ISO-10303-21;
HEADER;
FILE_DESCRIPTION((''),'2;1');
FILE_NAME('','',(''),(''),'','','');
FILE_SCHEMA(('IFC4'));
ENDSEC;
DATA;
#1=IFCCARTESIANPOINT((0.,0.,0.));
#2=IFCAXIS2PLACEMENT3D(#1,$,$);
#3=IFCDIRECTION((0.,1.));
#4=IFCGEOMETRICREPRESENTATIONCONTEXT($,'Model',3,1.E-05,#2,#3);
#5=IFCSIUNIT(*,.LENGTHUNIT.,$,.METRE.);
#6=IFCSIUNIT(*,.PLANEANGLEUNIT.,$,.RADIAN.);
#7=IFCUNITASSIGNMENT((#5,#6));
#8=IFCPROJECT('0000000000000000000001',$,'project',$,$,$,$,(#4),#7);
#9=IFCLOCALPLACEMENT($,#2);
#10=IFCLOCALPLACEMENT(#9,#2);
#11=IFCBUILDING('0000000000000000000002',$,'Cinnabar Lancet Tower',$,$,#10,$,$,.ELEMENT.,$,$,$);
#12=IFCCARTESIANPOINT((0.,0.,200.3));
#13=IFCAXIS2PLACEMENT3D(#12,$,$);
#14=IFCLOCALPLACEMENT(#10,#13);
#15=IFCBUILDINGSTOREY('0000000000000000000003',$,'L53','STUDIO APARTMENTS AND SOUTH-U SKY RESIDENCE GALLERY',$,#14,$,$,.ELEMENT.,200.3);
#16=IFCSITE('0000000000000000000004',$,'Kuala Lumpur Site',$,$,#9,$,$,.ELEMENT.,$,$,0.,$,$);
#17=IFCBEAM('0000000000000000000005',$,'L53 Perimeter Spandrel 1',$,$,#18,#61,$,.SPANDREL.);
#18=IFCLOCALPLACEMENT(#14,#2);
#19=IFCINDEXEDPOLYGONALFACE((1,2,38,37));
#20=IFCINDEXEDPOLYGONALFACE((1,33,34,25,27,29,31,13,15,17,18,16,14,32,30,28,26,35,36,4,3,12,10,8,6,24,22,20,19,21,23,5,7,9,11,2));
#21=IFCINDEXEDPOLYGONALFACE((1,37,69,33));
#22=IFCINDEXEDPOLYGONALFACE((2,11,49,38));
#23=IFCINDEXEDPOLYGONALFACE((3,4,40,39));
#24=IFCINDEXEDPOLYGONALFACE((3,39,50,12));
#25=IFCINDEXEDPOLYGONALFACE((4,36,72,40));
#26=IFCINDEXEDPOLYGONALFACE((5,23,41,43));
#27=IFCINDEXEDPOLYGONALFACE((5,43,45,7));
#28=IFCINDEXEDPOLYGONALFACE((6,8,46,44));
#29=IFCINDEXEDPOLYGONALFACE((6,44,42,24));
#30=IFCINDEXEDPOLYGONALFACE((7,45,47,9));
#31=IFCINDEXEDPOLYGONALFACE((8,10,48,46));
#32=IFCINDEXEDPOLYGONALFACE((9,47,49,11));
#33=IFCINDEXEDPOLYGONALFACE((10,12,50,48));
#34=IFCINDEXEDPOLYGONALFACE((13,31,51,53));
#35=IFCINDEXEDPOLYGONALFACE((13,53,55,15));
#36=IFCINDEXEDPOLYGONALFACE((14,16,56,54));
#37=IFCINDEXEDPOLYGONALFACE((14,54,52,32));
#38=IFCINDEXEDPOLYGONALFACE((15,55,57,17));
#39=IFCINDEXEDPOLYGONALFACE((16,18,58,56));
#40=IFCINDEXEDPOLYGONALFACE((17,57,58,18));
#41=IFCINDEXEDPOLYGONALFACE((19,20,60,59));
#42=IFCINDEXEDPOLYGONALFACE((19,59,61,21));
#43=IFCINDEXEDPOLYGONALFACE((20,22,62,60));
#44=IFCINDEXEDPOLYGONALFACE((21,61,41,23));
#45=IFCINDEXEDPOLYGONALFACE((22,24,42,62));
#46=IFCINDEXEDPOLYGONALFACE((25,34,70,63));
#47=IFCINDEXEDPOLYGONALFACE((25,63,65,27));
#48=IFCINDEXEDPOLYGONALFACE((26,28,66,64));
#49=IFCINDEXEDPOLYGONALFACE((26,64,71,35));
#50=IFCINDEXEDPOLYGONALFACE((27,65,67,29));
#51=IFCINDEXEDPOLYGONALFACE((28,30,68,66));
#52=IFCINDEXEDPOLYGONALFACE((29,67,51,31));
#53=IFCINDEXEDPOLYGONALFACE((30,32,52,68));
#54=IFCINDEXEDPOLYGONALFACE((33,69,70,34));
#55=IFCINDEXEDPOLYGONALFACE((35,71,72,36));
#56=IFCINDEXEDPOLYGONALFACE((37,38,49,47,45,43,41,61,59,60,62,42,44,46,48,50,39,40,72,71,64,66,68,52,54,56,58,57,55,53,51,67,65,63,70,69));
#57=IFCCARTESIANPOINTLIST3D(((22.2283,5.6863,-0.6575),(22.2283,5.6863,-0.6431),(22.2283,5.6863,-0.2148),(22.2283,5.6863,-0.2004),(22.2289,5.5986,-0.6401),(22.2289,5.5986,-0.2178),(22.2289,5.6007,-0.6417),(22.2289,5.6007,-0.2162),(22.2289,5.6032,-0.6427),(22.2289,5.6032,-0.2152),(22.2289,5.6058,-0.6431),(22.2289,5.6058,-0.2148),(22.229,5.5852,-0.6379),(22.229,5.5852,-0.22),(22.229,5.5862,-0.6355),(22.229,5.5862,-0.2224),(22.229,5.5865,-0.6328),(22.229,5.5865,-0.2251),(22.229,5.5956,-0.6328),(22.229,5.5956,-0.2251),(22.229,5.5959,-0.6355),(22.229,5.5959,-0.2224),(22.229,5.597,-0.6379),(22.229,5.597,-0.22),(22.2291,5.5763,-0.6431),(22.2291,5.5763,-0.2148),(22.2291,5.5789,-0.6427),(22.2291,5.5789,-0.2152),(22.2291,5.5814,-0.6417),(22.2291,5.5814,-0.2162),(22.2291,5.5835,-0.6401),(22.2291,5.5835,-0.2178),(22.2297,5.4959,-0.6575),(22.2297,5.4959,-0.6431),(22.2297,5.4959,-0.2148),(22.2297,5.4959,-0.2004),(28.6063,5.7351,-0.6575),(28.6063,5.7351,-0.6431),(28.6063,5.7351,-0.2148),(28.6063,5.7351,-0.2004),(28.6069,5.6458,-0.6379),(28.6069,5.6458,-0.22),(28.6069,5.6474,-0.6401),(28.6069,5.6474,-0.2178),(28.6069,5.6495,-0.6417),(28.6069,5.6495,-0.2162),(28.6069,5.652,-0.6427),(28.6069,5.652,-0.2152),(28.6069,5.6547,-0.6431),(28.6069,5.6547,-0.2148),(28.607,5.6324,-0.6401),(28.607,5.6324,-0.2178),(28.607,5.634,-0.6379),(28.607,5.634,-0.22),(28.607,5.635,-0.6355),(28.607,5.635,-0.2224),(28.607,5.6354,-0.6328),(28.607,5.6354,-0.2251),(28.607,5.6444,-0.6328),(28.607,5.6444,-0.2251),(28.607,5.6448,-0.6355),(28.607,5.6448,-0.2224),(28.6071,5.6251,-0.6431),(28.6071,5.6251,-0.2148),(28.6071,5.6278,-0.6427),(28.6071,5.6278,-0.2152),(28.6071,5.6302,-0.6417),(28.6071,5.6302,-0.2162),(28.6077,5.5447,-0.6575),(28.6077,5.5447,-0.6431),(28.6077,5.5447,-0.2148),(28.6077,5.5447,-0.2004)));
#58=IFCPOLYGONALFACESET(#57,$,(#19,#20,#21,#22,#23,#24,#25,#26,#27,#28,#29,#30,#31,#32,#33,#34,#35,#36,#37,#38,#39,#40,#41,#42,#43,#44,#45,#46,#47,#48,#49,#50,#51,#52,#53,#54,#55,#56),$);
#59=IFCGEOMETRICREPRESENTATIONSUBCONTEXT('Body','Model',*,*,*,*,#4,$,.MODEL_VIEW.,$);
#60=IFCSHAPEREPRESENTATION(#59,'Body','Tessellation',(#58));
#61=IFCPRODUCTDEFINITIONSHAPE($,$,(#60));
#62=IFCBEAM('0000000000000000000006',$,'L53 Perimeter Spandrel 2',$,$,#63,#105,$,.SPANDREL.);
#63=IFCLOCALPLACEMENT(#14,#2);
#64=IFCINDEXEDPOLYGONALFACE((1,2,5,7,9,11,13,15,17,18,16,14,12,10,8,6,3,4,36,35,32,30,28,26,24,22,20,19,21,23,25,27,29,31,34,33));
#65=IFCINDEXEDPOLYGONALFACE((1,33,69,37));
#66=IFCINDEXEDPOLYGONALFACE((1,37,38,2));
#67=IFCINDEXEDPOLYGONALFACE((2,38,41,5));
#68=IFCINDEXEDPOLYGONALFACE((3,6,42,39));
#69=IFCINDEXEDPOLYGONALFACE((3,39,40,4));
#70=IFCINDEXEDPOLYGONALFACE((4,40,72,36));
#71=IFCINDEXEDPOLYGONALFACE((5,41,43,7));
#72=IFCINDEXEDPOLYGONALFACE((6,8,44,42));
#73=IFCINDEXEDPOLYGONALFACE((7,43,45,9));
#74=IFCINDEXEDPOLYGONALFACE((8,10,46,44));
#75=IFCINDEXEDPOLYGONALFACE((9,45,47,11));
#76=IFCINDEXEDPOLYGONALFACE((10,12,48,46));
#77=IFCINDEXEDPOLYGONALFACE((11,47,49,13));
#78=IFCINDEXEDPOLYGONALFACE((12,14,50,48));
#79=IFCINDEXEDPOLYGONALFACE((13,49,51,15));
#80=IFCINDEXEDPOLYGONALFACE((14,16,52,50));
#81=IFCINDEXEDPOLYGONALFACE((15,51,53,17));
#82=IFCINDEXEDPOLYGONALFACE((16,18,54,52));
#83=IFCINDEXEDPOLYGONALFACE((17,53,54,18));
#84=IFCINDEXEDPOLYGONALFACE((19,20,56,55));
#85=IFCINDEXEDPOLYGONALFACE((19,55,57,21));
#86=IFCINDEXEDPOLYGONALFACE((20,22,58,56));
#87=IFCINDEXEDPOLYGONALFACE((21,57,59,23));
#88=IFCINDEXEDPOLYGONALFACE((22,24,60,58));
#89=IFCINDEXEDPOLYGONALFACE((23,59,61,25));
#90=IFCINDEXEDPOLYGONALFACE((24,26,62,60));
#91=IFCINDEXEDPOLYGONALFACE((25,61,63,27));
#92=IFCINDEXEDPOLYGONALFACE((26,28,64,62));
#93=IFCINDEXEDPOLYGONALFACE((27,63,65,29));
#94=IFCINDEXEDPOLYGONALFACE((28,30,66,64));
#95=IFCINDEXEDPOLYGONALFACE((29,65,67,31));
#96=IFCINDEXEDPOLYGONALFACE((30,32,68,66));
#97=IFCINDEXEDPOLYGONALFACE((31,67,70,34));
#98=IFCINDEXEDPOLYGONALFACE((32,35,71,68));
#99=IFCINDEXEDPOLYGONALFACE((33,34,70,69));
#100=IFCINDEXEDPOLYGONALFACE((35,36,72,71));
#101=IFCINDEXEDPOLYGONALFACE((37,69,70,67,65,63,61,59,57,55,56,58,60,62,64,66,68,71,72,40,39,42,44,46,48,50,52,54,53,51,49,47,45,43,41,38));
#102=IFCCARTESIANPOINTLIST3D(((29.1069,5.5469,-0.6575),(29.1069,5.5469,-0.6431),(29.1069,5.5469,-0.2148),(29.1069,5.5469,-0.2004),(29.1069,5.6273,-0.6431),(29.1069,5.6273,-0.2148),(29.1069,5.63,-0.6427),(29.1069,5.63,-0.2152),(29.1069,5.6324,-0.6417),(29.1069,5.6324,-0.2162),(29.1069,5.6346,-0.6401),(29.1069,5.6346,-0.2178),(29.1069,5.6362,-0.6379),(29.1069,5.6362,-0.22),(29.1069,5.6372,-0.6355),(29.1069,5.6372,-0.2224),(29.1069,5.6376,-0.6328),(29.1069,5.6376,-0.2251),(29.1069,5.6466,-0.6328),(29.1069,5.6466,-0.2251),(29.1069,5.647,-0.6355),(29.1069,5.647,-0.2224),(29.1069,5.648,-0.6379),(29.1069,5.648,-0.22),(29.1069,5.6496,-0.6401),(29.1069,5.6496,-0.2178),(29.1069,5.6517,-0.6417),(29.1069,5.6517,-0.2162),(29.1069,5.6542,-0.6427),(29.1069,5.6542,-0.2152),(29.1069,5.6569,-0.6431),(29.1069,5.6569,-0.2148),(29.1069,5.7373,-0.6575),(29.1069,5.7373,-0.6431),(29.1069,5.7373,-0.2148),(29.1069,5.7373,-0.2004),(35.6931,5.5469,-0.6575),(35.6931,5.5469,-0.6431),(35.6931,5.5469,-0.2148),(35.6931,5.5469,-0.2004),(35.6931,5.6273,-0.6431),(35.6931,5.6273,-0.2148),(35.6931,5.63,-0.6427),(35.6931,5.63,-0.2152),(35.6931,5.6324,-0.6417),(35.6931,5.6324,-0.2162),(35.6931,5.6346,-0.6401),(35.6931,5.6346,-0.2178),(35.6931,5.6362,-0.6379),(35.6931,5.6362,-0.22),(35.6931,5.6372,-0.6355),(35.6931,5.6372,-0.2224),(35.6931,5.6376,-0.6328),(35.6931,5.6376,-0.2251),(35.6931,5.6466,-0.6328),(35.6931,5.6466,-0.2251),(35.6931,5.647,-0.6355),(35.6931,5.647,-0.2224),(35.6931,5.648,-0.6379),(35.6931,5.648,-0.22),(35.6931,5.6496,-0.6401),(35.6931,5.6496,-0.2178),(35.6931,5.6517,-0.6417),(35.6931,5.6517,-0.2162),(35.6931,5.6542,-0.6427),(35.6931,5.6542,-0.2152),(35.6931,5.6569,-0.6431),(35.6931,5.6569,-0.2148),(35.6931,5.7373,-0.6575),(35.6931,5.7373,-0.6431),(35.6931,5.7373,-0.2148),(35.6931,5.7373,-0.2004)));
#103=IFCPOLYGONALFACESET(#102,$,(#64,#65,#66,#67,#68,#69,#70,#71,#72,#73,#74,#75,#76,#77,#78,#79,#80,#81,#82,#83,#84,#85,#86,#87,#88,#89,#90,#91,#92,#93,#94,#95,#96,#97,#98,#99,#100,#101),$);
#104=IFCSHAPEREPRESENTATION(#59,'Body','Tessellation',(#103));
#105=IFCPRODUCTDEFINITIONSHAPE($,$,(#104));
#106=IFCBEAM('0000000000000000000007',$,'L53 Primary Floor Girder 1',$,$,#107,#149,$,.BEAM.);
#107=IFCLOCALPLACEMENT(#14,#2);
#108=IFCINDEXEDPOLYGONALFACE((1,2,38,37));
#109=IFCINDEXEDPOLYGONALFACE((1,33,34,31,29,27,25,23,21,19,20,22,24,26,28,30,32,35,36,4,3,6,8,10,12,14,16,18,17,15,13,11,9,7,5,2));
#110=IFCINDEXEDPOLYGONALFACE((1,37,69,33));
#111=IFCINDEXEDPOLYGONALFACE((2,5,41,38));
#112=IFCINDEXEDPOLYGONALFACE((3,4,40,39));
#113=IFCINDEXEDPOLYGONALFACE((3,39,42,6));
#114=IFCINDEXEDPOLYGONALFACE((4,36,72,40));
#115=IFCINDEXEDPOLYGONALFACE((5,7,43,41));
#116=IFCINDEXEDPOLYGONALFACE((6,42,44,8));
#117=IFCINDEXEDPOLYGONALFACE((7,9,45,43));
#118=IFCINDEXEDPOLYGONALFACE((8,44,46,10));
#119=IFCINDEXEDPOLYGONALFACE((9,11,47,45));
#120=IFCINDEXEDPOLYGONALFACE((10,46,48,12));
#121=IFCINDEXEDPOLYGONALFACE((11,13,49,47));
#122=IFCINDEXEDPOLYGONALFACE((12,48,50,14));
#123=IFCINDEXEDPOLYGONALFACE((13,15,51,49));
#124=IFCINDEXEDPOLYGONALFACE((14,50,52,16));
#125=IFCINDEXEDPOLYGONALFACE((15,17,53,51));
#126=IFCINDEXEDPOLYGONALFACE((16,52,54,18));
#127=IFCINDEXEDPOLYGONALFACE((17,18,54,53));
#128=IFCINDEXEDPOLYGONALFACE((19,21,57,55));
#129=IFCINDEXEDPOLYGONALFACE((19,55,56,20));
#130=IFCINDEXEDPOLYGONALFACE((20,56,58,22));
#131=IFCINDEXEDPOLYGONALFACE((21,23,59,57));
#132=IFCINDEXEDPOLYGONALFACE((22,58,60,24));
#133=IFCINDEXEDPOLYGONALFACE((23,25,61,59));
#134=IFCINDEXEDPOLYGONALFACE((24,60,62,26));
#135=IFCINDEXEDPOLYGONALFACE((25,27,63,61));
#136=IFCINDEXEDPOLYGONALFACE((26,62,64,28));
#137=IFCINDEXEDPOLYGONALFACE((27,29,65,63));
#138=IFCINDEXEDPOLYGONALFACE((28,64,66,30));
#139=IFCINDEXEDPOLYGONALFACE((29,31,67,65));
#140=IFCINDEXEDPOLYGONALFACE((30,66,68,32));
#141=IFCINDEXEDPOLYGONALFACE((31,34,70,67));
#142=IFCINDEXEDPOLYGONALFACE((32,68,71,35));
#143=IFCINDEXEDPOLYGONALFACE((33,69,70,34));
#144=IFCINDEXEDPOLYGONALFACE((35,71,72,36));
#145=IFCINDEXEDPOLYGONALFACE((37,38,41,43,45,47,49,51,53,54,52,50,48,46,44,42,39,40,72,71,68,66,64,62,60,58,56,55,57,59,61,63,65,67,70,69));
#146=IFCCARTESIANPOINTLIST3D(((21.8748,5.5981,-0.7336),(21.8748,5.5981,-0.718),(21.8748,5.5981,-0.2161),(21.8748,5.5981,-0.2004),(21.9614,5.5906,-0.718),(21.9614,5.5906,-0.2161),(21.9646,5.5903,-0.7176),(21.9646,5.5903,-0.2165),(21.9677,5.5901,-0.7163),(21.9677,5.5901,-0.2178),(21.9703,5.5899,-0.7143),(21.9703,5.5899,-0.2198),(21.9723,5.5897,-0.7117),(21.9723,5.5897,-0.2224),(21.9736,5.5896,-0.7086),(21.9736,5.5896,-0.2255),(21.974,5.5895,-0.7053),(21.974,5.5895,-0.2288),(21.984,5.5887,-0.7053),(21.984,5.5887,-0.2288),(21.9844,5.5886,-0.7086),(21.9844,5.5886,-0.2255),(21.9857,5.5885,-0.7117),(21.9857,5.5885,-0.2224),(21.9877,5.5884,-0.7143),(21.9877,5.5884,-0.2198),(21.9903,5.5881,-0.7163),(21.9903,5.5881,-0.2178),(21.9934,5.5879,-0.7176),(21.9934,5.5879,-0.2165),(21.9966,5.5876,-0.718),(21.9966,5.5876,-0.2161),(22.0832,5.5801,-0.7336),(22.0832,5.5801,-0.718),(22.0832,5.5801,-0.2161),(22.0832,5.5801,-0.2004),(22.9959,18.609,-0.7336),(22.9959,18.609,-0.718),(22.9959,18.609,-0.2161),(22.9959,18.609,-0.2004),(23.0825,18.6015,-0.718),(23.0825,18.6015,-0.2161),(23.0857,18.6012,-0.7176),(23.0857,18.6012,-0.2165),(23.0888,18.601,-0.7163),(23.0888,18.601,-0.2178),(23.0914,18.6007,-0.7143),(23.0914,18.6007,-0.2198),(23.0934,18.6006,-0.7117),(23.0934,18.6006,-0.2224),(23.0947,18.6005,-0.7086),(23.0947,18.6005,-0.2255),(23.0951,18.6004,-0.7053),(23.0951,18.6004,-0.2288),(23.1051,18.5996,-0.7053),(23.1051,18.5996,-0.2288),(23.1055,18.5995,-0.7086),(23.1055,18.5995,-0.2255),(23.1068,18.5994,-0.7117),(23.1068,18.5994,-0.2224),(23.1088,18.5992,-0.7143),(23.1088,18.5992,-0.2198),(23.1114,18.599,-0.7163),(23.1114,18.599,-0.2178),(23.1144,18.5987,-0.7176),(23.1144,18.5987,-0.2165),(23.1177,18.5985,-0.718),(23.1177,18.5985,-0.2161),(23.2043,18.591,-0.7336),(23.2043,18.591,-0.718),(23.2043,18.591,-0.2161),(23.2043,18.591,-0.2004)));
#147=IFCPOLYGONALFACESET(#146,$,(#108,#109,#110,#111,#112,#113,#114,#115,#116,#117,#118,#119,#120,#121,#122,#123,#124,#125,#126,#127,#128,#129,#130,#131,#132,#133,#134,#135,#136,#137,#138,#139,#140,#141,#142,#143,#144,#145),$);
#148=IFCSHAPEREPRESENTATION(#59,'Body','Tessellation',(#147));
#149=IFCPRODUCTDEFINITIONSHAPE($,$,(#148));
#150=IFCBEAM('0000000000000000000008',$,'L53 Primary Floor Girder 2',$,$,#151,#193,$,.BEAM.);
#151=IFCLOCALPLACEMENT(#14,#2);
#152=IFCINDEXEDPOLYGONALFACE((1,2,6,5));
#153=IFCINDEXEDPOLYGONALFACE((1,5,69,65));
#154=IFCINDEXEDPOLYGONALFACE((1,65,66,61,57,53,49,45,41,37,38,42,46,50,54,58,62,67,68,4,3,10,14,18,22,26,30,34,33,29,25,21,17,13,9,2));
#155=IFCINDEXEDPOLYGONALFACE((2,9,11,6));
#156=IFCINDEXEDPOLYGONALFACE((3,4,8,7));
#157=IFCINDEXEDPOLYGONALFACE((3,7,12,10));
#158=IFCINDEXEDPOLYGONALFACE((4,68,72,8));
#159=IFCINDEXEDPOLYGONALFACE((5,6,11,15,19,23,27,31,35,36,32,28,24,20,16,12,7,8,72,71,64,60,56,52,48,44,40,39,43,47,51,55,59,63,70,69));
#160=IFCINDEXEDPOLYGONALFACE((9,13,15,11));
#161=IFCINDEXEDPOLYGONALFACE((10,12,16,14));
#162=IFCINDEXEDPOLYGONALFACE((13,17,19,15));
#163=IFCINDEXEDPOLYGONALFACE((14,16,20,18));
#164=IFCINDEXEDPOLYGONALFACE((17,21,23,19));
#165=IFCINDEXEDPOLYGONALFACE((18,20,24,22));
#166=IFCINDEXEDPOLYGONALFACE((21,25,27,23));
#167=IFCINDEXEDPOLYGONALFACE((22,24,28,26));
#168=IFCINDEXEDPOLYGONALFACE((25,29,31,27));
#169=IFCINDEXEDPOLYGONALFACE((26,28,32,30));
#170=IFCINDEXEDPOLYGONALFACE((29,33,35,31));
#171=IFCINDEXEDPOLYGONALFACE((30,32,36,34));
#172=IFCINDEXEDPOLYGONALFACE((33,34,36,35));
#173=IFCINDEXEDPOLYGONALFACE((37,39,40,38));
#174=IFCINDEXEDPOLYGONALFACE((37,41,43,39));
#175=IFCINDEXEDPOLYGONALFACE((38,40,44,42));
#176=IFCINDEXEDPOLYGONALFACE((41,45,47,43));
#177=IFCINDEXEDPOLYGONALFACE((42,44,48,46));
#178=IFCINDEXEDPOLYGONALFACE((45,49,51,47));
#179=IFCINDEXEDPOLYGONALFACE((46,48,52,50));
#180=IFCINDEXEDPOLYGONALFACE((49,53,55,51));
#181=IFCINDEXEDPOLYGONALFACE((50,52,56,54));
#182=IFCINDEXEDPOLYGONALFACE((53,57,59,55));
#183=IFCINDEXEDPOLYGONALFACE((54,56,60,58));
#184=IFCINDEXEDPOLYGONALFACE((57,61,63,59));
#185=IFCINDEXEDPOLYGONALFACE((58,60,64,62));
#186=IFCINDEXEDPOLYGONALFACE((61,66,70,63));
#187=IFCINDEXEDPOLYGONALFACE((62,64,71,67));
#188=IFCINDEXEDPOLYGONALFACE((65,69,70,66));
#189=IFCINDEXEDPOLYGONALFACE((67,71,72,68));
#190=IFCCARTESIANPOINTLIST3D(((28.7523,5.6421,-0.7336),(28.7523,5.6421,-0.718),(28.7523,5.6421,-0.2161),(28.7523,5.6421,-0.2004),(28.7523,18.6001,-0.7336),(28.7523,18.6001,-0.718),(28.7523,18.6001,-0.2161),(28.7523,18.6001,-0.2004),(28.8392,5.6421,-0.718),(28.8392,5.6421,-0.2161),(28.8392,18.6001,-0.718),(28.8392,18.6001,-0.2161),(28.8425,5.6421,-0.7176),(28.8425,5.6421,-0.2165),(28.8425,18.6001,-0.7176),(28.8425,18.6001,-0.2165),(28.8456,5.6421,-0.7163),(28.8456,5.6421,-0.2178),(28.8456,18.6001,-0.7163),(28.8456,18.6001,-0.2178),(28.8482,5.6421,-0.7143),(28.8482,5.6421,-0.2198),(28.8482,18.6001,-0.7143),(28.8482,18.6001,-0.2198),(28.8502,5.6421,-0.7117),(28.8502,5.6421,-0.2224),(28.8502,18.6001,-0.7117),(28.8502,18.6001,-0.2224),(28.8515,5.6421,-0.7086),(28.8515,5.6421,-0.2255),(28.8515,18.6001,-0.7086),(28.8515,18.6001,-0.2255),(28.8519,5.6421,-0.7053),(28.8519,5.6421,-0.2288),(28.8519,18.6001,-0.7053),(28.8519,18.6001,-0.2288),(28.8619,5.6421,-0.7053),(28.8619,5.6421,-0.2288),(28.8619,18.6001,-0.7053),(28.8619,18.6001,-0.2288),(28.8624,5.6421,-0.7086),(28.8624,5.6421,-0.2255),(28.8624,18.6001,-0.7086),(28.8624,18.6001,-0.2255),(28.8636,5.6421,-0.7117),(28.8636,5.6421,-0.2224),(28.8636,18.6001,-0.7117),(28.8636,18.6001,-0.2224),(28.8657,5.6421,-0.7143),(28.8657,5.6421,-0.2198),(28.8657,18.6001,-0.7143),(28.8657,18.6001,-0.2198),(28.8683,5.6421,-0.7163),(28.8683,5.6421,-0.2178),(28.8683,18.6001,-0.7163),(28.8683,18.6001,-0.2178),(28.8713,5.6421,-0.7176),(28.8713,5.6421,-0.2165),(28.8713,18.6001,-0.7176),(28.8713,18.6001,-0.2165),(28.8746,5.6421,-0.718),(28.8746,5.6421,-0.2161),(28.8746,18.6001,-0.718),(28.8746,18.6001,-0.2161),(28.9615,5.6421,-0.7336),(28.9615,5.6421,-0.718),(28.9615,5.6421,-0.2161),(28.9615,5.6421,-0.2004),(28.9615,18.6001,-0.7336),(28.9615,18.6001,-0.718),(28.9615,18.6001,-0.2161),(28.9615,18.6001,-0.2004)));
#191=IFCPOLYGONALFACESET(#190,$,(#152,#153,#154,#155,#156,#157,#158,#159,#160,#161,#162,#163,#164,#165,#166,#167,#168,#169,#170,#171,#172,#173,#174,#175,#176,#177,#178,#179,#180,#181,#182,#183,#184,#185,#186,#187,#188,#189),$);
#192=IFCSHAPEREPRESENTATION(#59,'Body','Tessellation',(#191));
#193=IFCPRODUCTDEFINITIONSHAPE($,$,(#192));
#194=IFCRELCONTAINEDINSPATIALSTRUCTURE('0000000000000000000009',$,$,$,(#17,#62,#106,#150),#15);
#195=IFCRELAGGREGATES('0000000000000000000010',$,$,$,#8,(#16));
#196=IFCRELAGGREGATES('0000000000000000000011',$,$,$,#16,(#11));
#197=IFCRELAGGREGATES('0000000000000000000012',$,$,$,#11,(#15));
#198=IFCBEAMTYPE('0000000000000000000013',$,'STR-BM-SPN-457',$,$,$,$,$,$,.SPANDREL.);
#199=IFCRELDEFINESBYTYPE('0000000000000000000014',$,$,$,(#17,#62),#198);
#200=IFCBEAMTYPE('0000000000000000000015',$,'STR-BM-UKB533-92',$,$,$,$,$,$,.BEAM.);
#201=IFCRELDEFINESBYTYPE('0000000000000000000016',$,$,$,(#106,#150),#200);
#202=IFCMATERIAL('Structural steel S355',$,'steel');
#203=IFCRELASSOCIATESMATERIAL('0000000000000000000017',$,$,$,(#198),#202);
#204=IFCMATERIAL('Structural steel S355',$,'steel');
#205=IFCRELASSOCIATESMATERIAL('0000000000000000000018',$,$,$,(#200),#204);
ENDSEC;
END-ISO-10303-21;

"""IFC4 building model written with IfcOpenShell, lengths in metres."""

from ifc_helpers import new_model, si_unit, direction, frame, origin, origin_2d, place, context, subcontext, project, spatial, i_section, extrude, material, material_profile, profile_set, type_object, element, save


model = new_model("IFC4")

# Units and contexts
model_context = context("Model", 3, precision=1e-05, world=origin(), true_north=direction((0.0, 1.0)))
body_context = subcontext(model_context, "Body", "Model", "MODEL_VIEW")
ifc_project = project(units=[si_unit("LENGTHUNIT", "METRE"), si_unit("PLANEANGLEUNIT", "RADIAN")], contexts=[model_context])

# Site, building, storey
site_placement = place(None, origin())
site = spatial("IfcSite", under=ifc_project, at=site_placement, Name="Kuala Lumpur Site", CompositionType="ELEMENT", RefElevation=0.0)
building_placement = place(site_placement, origin())
building = spatial("IfcBuilding", under=site, at=building_placement, Name="Cinnabar Lancet Tower", CompositionType="ELEMENT")
storey_placement = place(building_placement, frame((0.0, 0.0, 200.3)))
storey = spatial("IfcBuildingStorey", under=building, at=storey_placement, Name="L53", Description="STUDIO APARTMENTS AND SOUTH-U SKY RESIDENCE GALLERY", CompositionType="ELEMENT", Elevation=200.3)

# Beams
ifc_material_1 = material(Name="Structural steel S355", Category="steel")
ifc_material_profile_1 = material_profile(ifc_material_1, i_section(OverallWidth=0.1904, OverallDepth=0.457, WebThickness=0.009, FlangeThickness=0.0144, FilletRadius=0.0103, at=origin_2d()), Name="UKB 457x191x74")
ifc_profile_set_1 = profile_set([ifc_material_profile_1], Name="Structural steel S355")
beam_type_1 = type_object("IfcBeamType", Name="STR-BM-SPN-457", PredefinedType="SPANDREL", material=ifc_profile_set_1)
beam_1_placement = place(storey_placement, frame((22.229, 5.5911, -0.429), z_axis=(0.999971, 0.007656, 0.0), x_axis=(-0.007656, 0.999971, 0.0)))
element("IfcBeam", 1, at=beam_1_placement, inside=storey, type_object=beam_type_1, Name="L53 Perimeter Spandrel 1", PredefinedType="SPANDREL", context=body_context, shape_type="SweptSolid", body=[
    extrude(i_section(OverallWidth=0.1904, OverallDepth=0.457, WebThickness=0.009, FlangeThickness=0.0144, FilletRadius=0.0103, at=origin_2d()), origin(), (0.0, 0.0, 1.0), 6.3782),
])
beam_2_placement = place(storey_placement, frame((29.1069, 5.6421, -0.429), z_axis=(1.0, 0.0, 0.0), x_axis=(0.0, 1.0, 0.0)))
element("IfcBeam", 2, at=beam_2_placement, inside=storey, type_object=beam_type_1, Name="L53 Perimeter Spandrel 2", PredefinedType="SPANDREL", context=body_context, shape_type="SweptSolid", body=[
    extrude(i_section(OverallWidth=0.1904, OverallDepth=0.457, WebThickness=0.009, FlangeThickness=0.0144, FilletRadius=0.0103, at=origin_2d()), origin(), (0.0, 0.0, 1.0), 6.5862),
])
ifc_material_2 = material(Name="Structural steel S355", Category="steel")
ifc_material_profile_2 = material_profile(ifc_material_2, i_section(OverallWidth=0.2092, OverallDepth=0.5332, WebThickness=0.01, FlangeThickness=0.0156, FilletRadius=0.0127, at=origin_2d()), Name="UKB 533x210x92")
ifc_profile_set_2 = profile_set([ifc_material_profile_2], Name="Structural steel S355")
beam_type_2 = type_object("IfcBeamType", Name="STR-BM-UKB533-92", PredefinedType="BEAM", material=ifc_profile_set_2)
beam_3_placement = place(storey_placement, frame((21.979, 5.5891, -0.467), z_axis=(0.085847, 0.996308, 0.0), x_axis=(-0.996308, 0.085847, 0.0)))
element("IfcBeam", 3, at=beam_3_placement, inside=storey, type_object=beam_type_2, Name="L53 Primary Floor Girder 1", PredefinedType="BEAM", context=body_context, shape_type="SweptSolid", body=[
    extrude(i_section(OverallWidth=0.2092, OverallDepth=0.5332, WebThickness=0.01, FlangeThickness=0.0156, FilletRadius=0.0127, at=origin_2d()), origin(), (0.0, 0.0, 1.0), 13.0591),
])
beam_4_placement = place(storey_placement, frame((28.8569, 5.6421, -0.467), z_axis=(0.0, 1.0, 0.0), x_axis=(-1.0, 0.0, 0.0)))
element("IfcBeam", 4, at=beam_4_placement, inside=storey, type_object=beam_type_2, Name="L53 Primary Floor Girder 2", PredefinedType="BEAM", context=body_context, shape_type="SweptSolid", body=[
    extrude(i_section(OverallWidth=0.2092, OverallDepth=0.5332, WebThickness=0.01, FlangeThickness=0.0156, FilletRadius=0.0127, at=origin_2d()), origin(), (0.0, 0.0, 1.0), 12.958),
])

save(model, "model.ifc")
